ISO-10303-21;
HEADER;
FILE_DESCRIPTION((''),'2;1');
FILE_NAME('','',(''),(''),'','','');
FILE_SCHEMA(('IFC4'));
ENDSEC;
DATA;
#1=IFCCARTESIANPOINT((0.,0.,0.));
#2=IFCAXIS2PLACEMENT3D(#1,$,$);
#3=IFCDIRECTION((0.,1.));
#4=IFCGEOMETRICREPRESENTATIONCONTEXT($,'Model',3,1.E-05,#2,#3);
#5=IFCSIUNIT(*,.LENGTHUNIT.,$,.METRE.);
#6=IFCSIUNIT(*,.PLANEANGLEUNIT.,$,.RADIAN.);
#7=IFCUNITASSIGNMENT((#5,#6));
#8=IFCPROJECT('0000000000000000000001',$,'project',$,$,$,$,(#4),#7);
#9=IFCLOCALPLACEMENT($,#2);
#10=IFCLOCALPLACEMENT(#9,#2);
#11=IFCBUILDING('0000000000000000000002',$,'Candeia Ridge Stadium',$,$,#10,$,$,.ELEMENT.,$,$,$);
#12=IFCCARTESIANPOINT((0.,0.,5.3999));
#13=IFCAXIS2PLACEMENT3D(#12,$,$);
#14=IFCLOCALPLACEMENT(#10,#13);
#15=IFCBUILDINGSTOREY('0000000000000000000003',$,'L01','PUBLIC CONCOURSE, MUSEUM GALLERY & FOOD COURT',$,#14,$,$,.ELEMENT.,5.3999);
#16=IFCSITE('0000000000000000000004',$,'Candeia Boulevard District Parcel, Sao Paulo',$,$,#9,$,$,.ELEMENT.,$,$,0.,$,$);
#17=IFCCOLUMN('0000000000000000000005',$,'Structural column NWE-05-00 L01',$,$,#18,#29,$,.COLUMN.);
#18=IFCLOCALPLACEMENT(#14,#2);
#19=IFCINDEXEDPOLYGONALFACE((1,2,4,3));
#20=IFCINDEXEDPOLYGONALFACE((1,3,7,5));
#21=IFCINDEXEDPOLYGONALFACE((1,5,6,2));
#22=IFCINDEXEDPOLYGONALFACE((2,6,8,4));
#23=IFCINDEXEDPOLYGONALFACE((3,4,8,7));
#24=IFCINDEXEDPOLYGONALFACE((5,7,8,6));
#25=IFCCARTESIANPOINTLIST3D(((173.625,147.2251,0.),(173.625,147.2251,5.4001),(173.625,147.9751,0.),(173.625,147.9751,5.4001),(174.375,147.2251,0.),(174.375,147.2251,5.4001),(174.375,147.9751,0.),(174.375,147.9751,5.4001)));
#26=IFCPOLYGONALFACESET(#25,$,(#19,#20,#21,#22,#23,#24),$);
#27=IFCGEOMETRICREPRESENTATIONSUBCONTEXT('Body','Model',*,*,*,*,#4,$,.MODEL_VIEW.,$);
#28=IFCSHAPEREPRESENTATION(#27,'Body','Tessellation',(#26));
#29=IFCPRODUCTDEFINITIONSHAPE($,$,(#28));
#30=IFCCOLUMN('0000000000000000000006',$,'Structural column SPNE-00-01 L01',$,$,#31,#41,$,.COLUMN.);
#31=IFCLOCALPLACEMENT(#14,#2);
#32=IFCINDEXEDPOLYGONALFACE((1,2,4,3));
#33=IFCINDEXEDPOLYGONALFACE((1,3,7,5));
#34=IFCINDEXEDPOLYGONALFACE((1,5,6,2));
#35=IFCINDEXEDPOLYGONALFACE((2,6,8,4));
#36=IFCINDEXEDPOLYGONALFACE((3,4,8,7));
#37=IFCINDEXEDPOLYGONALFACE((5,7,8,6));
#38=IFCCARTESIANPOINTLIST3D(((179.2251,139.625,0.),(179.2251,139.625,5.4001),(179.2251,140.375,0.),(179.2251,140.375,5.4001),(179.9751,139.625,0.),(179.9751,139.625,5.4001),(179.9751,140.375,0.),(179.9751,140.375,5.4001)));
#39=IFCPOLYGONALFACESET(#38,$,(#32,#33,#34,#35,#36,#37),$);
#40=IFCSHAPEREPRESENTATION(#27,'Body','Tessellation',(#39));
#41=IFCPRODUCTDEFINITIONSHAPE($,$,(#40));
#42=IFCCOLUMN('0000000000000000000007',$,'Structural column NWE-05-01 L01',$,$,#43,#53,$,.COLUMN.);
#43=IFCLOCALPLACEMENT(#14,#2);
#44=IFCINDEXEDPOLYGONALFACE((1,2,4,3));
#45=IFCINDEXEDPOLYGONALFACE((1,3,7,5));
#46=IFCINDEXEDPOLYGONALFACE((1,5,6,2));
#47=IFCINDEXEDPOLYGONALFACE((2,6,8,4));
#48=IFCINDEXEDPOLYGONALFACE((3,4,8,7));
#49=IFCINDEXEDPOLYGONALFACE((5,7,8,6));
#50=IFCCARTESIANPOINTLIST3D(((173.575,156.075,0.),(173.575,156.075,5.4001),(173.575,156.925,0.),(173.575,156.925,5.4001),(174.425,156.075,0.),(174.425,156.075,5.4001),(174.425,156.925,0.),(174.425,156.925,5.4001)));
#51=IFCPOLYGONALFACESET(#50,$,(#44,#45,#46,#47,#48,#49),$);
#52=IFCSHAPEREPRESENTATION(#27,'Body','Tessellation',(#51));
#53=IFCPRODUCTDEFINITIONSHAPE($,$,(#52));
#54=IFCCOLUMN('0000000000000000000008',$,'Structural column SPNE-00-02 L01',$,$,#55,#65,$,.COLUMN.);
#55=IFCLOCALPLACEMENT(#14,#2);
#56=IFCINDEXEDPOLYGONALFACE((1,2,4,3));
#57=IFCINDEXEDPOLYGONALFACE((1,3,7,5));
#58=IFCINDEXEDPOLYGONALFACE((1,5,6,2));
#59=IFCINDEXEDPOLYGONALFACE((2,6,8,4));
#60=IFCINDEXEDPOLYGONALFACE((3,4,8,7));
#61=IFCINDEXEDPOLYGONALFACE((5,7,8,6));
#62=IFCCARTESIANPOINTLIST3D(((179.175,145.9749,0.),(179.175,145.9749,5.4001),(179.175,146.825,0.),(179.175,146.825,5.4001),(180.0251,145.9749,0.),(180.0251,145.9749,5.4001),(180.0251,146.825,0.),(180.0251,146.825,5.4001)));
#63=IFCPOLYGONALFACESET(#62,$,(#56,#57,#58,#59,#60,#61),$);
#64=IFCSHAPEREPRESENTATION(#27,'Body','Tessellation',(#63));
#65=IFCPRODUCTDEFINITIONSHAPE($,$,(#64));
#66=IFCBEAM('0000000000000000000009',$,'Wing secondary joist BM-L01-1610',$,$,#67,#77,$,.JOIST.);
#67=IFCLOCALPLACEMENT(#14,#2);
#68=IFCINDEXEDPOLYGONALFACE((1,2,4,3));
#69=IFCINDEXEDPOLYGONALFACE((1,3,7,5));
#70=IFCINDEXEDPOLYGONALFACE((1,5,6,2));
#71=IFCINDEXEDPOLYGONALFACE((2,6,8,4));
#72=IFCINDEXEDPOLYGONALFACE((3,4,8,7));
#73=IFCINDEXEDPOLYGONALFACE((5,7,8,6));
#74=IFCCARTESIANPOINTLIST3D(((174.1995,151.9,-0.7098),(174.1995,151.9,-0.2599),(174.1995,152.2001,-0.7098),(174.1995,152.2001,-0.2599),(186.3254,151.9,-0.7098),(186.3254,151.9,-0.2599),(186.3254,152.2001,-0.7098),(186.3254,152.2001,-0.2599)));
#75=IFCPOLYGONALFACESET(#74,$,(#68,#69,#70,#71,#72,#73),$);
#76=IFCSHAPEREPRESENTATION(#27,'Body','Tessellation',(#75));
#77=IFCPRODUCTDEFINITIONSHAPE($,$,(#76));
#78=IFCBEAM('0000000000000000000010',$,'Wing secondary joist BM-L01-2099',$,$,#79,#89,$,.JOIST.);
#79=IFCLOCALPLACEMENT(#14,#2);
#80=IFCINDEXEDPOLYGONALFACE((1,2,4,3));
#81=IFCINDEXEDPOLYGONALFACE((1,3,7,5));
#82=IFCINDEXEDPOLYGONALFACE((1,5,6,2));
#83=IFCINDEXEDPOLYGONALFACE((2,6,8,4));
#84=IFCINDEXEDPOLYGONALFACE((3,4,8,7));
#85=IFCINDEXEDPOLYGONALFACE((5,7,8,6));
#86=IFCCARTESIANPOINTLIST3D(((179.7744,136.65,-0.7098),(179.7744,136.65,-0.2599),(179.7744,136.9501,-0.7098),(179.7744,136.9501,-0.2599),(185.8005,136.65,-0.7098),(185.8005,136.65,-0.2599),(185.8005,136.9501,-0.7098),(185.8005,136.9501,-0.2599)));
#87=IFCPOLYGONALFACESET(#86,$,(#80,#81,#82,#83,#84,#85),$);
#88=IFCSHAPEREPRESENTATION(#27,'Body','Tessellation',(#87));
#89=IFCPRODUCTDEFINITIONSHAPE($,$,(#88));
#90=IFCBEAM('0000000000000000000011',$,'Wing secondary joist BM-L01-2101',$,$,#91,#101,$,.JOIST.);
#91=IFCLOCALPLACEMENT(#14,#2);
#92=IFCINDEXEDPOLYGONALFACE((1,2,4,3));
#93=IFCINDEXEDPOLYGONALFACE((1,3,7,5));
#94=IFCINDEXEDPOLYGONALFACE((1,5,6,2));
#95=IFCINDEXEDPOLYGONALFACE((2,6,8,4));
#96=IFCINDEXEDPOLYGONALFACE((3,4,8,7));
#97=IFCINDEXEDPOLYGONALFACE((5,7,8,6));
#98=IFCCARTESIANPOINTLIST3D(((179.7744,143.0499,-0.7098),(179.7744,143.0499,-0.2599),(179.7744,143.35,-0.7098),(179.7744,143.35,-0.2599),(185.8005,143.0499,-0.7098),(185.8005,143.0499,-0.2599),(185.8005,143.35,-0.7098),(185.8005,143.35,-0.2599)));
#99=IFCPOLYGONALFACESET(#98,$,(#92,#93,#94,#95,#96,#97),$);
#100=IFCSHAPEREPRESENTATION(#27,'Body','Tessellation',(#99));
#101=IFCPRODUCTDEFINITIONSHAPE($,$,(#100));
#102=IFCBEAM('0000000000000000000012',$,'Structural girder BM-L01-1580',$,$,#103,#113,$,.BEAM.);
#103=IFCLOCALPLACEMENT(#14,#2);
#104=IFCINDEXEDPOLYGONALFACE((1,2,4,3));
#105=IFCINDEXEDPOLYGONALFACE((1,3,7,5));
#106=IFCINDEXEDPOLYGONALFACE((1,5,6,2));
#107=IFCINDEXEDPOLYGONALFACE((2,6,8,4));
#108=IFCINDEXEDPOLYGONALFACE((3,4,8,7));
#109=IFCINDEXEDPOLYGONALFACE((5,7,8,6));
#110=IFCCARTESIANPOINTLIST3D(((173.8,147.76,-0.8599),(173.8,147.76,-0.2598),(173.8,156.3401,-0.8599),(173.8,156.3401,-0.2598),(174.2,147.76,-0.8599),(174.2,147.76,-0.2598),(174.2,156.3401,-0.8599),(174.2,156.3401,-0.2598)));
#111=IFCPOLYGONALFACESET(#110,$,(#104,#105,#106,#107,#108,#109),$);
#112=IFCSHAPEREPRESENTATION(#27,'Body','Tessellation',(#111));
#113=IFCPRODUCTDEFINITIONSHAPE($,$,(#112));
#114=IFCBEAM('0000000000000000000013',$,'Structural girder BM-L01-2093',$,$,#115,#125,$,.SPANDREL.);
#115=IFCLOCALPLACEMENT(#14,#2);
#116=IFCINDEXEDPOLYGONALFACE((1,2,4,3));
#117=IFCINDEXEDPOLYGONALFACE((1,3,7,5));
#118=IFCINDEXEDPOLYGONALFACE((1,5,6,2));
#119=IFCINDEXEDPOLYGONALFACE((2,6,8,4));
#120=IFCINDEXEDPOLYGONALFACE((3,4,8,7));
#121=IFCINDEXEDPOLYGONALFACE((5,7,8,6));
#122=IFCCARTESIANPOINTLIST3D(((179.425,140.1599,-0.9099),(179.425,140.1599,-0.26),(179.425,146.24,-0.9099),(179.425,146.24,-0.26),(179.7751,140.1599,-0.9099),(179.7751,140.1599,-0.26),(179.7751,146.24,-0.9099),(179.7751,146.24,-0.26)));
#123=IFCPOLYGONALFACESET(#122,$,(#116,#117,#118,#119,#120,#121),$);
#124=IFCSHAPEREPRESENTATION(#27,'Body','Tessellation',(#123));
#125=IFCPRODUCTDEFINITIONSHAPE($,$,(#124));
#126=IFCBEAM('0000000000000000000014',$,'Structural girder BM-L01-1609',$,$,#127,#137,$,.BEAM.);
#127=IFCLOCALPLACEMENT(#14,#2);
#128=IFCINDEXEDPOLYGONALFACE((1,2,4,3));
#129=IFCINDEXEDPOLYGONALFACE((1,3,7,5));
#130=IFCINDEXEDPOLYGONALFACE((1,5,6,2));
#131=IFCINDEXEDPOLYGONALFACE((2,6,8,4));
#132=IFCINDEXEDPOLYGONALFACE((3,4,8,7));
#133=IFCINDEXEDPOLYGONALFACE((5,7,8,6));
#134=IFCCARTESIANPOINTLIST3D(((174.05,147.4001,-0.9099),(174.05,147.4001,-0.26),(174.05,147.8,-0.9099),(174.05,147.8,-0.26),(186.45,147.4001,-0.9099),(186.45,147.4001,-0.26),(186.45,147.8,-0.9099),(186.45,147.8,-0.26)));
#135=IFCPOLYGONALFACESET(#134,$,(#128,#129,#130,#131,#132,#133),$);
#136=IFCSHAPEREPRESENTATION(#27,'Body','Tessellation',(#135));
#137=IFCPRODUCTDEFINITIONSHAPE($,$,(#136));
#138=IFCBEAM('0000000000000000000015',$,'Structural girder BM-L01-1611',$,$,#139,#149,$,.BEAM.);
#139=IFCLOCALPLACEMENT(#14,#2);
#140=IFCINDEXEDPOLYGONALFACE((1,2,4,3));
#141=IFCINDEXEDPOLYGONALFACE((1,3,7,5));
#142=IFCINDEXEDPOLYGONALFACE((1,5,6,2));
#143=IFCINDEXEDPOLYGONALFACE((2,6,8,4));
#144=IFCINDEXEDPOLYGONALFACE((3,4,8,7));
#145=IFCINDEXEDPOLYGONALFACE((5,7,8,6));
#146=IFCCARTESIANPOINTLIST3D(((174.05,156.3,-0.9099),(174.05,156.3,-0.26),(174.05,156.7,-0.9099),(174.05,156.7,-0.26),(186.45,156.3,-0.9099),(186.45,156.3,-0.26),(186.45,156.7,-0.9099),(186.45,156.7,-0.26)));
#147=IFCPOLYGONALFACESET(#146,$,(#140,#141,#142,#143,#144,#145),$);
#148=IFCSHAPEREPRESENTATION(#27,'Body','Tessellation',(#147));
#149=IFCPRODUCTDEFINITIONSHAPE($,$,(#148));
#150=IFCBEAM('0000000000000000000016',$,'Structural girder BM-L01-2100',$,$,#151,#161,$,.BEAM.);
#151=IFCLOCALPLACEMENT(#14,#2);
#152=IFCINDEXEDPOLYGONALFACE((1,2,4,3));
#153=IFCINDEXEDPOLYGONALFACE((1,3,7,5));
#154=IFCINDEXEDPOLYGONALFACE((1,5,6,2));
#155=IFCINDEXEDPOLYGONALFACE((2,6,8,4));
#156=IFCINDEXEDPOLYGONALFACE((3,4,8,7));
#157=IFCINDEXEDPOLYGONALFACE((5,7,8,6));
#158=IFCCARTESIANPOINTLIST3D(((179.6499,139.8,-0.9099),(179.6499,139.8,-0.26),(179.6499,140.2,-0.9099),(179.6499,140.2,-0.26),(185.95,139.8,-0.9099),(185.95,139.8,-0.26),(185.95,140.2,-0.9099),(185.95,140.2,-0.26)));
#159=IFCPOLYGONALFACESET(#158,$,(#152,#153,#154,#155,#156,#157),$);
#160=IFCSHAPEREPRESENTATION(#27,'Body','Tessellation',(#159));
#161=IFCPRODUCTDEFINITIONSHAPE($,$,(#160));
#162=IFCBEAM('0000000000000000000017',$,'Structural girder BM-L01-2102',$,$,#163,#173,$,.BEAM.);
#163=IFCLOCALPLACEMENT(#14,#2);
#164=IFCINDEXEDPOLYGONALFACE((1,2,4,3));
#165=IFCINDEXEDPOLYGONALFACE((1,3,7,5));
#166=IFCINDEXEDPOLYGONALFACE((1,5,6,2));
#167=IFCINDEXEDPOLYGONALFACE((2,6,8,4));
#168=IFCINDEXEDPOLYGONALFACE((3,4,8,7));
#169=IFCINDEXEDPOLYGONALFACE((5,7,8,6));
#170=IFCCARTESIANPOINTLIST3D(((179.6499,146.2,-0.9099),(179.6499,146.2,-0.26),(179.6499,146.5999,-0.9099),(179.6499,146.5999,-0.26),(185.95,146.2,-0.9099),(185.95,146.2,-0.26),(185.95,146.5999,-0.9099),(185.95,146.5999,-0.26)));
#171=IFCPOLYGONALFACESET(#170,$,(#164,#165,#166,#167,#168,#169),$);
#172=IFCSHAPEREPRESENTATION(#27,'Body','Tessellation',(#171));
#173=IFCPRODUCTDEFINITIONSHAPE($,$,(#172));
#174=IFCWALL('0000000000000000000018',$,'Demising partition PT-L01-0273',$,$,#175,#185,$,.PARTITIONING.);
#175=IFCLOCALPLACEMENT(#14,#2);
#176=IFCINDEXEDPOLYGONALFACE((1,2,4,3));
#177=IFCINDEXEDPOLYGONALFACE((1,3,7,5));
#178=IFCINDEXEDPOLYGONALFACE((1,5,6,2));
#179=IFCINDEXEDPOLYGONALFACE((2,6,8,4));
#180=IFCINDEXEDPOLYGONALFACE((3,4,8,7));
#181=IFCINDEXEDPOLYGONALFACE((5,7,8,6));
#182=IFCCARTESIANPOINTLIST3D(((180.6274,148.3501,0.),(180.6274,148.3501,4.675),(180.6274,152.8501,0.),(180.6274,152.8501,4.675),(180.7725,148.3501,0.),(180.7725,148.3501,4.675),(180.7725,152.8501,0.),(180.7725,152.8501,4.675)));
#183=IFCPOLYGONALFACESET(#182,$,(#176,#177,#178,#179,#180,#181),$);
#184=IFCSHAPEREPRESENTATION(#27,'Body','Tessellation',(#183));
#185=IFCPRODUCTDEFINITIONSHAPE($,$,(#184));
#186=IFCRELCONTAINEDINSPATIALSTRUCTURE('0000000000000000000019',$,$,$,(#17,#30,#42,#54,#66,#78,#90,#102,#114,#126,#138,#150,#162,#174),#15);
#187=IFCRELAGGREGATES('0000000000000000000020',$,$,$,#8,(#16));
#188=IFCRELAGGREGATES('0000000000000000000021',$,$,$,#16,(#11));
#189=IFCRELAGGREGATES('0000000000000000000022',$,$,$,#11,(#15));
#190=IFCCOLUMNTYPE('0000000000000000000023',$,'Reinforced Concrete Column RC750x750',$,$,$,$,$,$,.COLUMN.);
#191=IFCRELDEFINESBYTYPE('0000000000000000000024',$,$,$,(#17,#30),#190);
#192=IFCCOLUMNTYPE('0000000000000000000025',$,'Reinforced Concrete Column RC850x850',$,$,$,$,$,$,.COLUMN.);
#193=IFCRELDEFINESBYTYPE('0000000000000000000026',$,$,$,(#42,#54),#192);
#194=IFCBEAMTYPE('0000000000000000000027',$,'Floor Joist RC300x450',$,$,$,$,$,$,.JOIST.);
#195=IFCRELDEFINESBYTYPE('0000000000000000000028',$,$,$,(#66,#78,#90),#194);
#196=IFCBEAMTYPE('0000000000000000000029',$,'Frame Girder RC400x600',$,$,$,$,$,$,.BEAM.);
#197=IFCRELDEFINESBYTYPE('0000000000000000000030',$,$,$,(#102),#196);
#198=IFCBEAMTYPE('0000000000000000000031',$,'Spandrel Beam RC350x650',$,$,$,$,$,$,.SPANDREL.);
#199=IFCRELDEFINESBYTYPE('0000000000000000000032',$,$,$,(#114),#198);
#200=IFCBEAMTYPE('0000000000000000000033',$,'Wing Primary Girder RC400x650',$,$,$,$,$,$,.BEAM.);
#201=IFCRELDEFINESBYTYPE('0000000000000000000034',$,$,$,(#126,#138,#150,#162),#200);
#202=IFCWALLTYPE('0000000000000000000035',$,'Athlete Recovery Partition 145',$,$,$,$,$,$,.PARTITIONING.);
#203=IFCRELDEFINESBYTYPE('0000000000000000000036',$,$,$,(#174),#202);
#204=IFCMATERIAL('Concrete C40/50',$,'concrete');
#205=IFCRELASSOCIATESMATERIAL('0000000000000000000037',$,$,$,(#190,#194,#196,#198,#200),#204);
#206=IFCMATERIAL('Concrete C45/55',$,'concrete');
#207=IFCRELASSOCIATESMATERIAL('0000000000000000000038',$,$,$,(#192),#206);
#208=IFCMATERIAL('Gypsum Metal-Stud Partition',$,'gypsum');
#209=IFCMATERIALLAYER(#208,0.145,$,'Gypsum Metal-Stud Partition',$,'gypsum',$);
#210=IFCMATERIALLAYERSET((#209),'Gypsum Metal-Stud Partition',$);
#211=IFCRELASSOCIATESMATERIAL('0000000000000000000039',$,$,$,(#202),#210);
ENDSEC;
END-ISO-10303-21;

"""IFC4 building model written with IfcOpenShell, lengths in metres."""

from ifc_helpers import new_model, si_unit, direction, frame, frame_2d, origin, origin_2d, place, context, subcontext, project, spatial, rectangle, extrude, material, layer, layer_set, material_profile, profile_set, type_object, element, save


model = new_model("IFC4")

# Units and contexts
model_context = context("Model", 3, precision=1e-05, world=origin(), true_north=direction((0.0, 1.0)))
body_context = subcontext(model_context, "Body", "Model", "MODEL_VIEW")
ifc_project = project(units=[si_unit("LENGTHUNIT", "METRE"), si_unit("PLANEANGLEUNIT", "RADIAN")], contexts=[model_context])

# Site, building, storey
site_placement = place(None, origin())
site = spatial("IfcSite", under=ifc_project, at=site_placement, Name="Candeia Boulevard District Parcel, Sao Paulo", CompositionType="ELEMENT", RefElevation=0.0)
building_placement = place(site_placement, origin())
building = spatial("IfcBuilding", under=site, at=building_placement, Name="Candeia Ridge Stadium", CompositionType="ELEMENT")
storey_placement = place(building_placement, frame((0.0, 0.0, 5.3999)))
storey = spatial("IfcBuildingStorey", under=building, at=storey_placement, Name="L01", Description="PUBLIC CONCOURSE, MUSEUM GALLERY & FOOD COURT", CompositionType="ELEMENT", Elevation=5.3999)

# Columns
ifc_material_1 = material(Name="Concrete C40/50", Category="concrete")
ifc_material_profile_1 = material_profile(ifc_material_1, rectangle(XDim=0.75, YDim=0.75, at=origin_2d()), Name="RC750x750", Category="concrete")
ifc_profile_set_1 = profile_set([ifc_material_profile_1], Name="Concrete C40/50")
column_type_1 = type_object("IfcColumnType", Name="Reinforced Concrete Column RC750x750", PredefinedType="COLUMN", material=ifc_profile_set_1)
for number, where, z_axis, x_axis, name in (
    (1, (174.0, 147.6001, 0.0), (0.0, 0.0, 1.0), (1.0, 0.0, 0.0), "Structural column NWE-05-00 L01"),
    (2, (179.6001, 140.0, 0.0), (0.0, 0.0, 1.0), (1.0, 0.0, 0.0), "Structural column SPNE-00-01 L01"),
):
    element("IfcColumn", number, at=place(storey_placement, frame(where, z_axis=z_axis, x_axis=x_axis)), inside=storey, type_object=column_type_1, Name=name, PredefinedType="COLUMN", context=body_context, shape_type="SweptSolid", body=[
        extrude(rectangle(XDim=0.75, YDim=0.75, at=origin_2d()), origin(), (0.0, 0.0, 1.0), 5.4001),
    ])
ifc_material_2 = material(Name="Concrete C45/55", Category="concrete")
ifc_material_profile_2 = material_profile(ifc_material_2, rectangle(XDim=0.8501, YDim=0.8501, at=origin_2d()), Name="RC850x850", Category="concrete")
ifc_profile_set_2 = profile_set([ifc_material_profile_2], Name="Concrete C45/55")
column_type_2 = type_object("IfcColumnType", Name="Reinforced Concrete Column RC850x850", PredefinedType="COLUMN", material=ifc_profile_set_2)
for number, where, z_axis, x_axis, name in (
    (3, (174.0, 156.5, 0.0), (0.0, 0.0, 1.0), (1.0, 0.0, 0.0), "Structural column NWE-05-01 L01"),
    (4, (179.6001, 146.3999, 0.0), (0.0, 0.0, 1.0), (1.0, 0.0, 0.0), "Structural column SPNE-00-02 L01"),
):
    element("IfcColumn", number, at=place(storey_placement, frame(where, z_axis=z_axis, x_axis=x_axis)), inside=storey, type_object=column_type_2, Name=name, PredefinedType="COLUMN", context=body_context, shape_type="SweptSolid", body=[
        extrude(rectangle(XDim=0.8501, YDim=0.8501, at=origin_2d()), origin(), (0.0, 0.0, 1.0), 5.4001),
    ])

# Beams
ifc_material_profile_3 = material_profile(ifc_material_1, rectangle(XDim=0.3, YDim=0.45, at=origin_2d()), Name="RC300x450", Category="concrete")
ifc_profile_set_3 = profile_set([ifc_material_profile_3], Name="Concrete C40/50")
beam_type_1 = type_object("IfcBeamType", Name="Floor Joist RC300x450", PredefinedType="JOIST", material=ifc_profile_set_3)
beam_1_placement = place(storey_placement, frame((174.1995, 152.05, -0.4849), z_axis=(1.0, 0.0, 0.0), x_axis=(0.0, 1.0, 0.0)))
element("IfcBeam", 5, at=beam_1_placement, inside=storey, type_object=beam_type_1, Name="Wing secondary joist BM-L01-1610", PredefinedType="JOIST", context=body_context, shape_type="SweptSolid", body=[
    extrude(rectangle(XDim=0.3, YDim=0.45, at=origin_2d()), origin(), (0.0, 0.0, 1.0), 12.126),
])
for number, where, z_axis, x_axis, name in (
    (6, (179.7744, 136.8, -0.4849), (1.0, 0.0, 0.0), (0.0, 1.0, 0.0), "Wing secondary joist BM-L01-2099"),
    (7, (179.7744, 143.2, -0.4849), (1.0, 0.0, 0.0), (0.0, 1.0, 0.0), "Wing secondary joist BM-L01-2101"),
):
    element("IfcBeam", number, at=place(storey_placement, frame(where, z_axis=z_axis, x_axis=x_axis)), inside=storey, type_object=beam_type_1, Name=name, PredefinedType="JOIST", context=body_context, shape_type="SweptSolid", body=[
        extrude(rectangle(XDim=0.3, YDim=0.45, at=origin_2d()), origin(), (0.0, 0.0, 1.0), 6.0261),
    ])
ifc_material_profile_4 = material_profile(ifc_material_1, rectangle(XDim=0.3999, YDim=0.6001, at=origin_2d()), Name="RC400x600", Category="concrete")
ifc_profile_set_4 = profile_set([ifc_material_profile_4], Name="Concrete C40/50")
beam_type_2 = type_object("IfcBeamType", Name="Frame Girder RC400x600", PredefinedType="BEAM", material=ifc_profile_set_4)
beam_2_placement = place(storey_placement, frame((174.0, 147.76, -0.5598), z_axis=(0.0, 1.0, 0.0), x_axis=(-1.0, 0.0, 0.0)))
element("IfcBeam", 8, at=beam_2_placement, inside=storey, type_object=beam_type_2, Name="Structural girder BM-L01-1580", PredefinedType="BEAM", context=body_context, shape_type="SweptSolid", body=[
    extrude(rectangle(XDim=0.3999, YDim=0.6001, at=origin_2d()), origin(), (0.0, 0.0, 1.0), 8.5801),
])
ifc_material_profile_5 = material_profile(ifc_material_1, rectangle(XDim=0.3501, YDim=0.6499, at=origin_2d()), Name="RC350x650", Category="concrete")
ifc_profile_set_5 = profile_set([ifc_material_profile_5], Name="Concrete C40/50")
beam_type_3 = type_object("IfcBeamType", Name="Spandrel Beam RC350x650", PredefinedType="SPANDREL", material=ifc_profile_set_5)
beam_3_placement = place(storey_placement, frame((179.6001, 140.1599, -0.585), z_axis=(0.0, 1.0, 0.0), x_axis=(-1.0, 0.0, 0.0)))
element("IfcBeam", 9, at=beam_3_placement, inside=storey, type_object=beam_type_3, Name="Structural girder BM-L01-2093", PredefinedType="SPANDREL", context=body_context, shape_type="SweptSolid", body=[
    extrude(rectangle(XDim=0.3501, YDim=0.6499, at=origin_2d()), origin(), (0.0, 0.0, 1.0), 6.0801),
])
ifc_material_profile_6 = material_profile(ifc_material_1, rectangle(XDim=0.3999, YDim=0.6499, at=origin_2d()), Name="RC400x650", Category="concrete")
ifc_profile_set_6 = profile_set([ifc_material_profile_6], Name="Concrete C40/50")
beam_type_4 = type_object("IfcBeamType", Name="Wing Primary Girder RC400x650", PredefinedType="BEAM", material=ifc_profile_set_6)
for number, where, z_axis, x_axis, name in (
    (10, (174.05, 147.6001, -0.585), (1.0, 0.0, 0.0), (0.0, 1.0, 0.0), "Structural girder BM-L01-1609"),
    (11, (174.05, 156.5, -0.585), (1.0, 0.0, 0.0), (0.0, 1.0, 0.0), "Structural girder BM-L01-1611"),
):
    element("IfcBeam", number, at=place(storey_placement, frame(where, z_axis=z_axis, x_axis=x_axis)), inside=storey, type_object=beam_type_4, Name=name, PredefinedType="BEAM", context=body_context, shape_type="SweptSolid", body=[
        extrude(rectangle(XDim=0.3999, YDim=0.6499, at=origin_2d()), origin(), (0.0, 0.0, 1.0), 12.3999),
    ])
for number, where, z_axis, x_axis, name in (
    (12, (179.6499, 140.0, -0.585), (1.0, 0.0, 0.0), (0.0, 1.0, 0.0), "Structural girder BM-L01-2100"),
    (13, (179.6499, 146.3999, -0.585), (1.0, 0.0, 0.0), (0.0, 1.0, 0.0), "Structural girder BM-L01-2102"),
):
    element("IfcBeam", number, at=place(storey_placement, frame(where, z_axis=z_axis, x_axis=x_axis)), inside=storey, type_object=beam_type_4, Name=name, PredefinedType="BEAM", context=body_context, shape_type="SweptSolid", body=[
        extrude(rectangle(XDim=0.3999, YDim=0.6499, at=origin_2d()), origin(), (0.0, 0.0, 1.0), 6.3),
    ])

# Wall
ifc_material_3 = material(Name="Gypsum Metal-Stud Partition", Category="gypsum")
ifc_layer_1 = layer(ifc_material_3, 0.145, Name="Gypsum Metal-Stud Partition", Category="gypsum")
ifc_layer_set_1 = layer_set([ifc_layer_1], Name="Gypsum Metal-Stud Partition")
wall_type_1 = type_object("IfcWallType", Name="Athlete Recovery Partition 145", PredefinedType="PARTITIONING", material=ifc_layer_set_1)
wall_1_placement = place(storey_placement, frame((180.7, 148.3501, 0.0), z_axis=(0.0, 0.0, 1.0), x_axis=(0.0, 1.0, 0.0)))
element("IfcWall", 14, at=wall_1_placement, inside=storey, type_object=wall_type_1, Name="Demising partition PT-L01-0273", PredefinedType="PARTITIONING", context=body_context, shape_type="SweptSolid", body=[
    extrude(rectangle(XDim=4.5, YDim=0.145, at=frame_2d((2.25, 0.0))), origin(), (0.0, 0.0, 1.0), 4.675),
])

save(model, "model.ifc")
